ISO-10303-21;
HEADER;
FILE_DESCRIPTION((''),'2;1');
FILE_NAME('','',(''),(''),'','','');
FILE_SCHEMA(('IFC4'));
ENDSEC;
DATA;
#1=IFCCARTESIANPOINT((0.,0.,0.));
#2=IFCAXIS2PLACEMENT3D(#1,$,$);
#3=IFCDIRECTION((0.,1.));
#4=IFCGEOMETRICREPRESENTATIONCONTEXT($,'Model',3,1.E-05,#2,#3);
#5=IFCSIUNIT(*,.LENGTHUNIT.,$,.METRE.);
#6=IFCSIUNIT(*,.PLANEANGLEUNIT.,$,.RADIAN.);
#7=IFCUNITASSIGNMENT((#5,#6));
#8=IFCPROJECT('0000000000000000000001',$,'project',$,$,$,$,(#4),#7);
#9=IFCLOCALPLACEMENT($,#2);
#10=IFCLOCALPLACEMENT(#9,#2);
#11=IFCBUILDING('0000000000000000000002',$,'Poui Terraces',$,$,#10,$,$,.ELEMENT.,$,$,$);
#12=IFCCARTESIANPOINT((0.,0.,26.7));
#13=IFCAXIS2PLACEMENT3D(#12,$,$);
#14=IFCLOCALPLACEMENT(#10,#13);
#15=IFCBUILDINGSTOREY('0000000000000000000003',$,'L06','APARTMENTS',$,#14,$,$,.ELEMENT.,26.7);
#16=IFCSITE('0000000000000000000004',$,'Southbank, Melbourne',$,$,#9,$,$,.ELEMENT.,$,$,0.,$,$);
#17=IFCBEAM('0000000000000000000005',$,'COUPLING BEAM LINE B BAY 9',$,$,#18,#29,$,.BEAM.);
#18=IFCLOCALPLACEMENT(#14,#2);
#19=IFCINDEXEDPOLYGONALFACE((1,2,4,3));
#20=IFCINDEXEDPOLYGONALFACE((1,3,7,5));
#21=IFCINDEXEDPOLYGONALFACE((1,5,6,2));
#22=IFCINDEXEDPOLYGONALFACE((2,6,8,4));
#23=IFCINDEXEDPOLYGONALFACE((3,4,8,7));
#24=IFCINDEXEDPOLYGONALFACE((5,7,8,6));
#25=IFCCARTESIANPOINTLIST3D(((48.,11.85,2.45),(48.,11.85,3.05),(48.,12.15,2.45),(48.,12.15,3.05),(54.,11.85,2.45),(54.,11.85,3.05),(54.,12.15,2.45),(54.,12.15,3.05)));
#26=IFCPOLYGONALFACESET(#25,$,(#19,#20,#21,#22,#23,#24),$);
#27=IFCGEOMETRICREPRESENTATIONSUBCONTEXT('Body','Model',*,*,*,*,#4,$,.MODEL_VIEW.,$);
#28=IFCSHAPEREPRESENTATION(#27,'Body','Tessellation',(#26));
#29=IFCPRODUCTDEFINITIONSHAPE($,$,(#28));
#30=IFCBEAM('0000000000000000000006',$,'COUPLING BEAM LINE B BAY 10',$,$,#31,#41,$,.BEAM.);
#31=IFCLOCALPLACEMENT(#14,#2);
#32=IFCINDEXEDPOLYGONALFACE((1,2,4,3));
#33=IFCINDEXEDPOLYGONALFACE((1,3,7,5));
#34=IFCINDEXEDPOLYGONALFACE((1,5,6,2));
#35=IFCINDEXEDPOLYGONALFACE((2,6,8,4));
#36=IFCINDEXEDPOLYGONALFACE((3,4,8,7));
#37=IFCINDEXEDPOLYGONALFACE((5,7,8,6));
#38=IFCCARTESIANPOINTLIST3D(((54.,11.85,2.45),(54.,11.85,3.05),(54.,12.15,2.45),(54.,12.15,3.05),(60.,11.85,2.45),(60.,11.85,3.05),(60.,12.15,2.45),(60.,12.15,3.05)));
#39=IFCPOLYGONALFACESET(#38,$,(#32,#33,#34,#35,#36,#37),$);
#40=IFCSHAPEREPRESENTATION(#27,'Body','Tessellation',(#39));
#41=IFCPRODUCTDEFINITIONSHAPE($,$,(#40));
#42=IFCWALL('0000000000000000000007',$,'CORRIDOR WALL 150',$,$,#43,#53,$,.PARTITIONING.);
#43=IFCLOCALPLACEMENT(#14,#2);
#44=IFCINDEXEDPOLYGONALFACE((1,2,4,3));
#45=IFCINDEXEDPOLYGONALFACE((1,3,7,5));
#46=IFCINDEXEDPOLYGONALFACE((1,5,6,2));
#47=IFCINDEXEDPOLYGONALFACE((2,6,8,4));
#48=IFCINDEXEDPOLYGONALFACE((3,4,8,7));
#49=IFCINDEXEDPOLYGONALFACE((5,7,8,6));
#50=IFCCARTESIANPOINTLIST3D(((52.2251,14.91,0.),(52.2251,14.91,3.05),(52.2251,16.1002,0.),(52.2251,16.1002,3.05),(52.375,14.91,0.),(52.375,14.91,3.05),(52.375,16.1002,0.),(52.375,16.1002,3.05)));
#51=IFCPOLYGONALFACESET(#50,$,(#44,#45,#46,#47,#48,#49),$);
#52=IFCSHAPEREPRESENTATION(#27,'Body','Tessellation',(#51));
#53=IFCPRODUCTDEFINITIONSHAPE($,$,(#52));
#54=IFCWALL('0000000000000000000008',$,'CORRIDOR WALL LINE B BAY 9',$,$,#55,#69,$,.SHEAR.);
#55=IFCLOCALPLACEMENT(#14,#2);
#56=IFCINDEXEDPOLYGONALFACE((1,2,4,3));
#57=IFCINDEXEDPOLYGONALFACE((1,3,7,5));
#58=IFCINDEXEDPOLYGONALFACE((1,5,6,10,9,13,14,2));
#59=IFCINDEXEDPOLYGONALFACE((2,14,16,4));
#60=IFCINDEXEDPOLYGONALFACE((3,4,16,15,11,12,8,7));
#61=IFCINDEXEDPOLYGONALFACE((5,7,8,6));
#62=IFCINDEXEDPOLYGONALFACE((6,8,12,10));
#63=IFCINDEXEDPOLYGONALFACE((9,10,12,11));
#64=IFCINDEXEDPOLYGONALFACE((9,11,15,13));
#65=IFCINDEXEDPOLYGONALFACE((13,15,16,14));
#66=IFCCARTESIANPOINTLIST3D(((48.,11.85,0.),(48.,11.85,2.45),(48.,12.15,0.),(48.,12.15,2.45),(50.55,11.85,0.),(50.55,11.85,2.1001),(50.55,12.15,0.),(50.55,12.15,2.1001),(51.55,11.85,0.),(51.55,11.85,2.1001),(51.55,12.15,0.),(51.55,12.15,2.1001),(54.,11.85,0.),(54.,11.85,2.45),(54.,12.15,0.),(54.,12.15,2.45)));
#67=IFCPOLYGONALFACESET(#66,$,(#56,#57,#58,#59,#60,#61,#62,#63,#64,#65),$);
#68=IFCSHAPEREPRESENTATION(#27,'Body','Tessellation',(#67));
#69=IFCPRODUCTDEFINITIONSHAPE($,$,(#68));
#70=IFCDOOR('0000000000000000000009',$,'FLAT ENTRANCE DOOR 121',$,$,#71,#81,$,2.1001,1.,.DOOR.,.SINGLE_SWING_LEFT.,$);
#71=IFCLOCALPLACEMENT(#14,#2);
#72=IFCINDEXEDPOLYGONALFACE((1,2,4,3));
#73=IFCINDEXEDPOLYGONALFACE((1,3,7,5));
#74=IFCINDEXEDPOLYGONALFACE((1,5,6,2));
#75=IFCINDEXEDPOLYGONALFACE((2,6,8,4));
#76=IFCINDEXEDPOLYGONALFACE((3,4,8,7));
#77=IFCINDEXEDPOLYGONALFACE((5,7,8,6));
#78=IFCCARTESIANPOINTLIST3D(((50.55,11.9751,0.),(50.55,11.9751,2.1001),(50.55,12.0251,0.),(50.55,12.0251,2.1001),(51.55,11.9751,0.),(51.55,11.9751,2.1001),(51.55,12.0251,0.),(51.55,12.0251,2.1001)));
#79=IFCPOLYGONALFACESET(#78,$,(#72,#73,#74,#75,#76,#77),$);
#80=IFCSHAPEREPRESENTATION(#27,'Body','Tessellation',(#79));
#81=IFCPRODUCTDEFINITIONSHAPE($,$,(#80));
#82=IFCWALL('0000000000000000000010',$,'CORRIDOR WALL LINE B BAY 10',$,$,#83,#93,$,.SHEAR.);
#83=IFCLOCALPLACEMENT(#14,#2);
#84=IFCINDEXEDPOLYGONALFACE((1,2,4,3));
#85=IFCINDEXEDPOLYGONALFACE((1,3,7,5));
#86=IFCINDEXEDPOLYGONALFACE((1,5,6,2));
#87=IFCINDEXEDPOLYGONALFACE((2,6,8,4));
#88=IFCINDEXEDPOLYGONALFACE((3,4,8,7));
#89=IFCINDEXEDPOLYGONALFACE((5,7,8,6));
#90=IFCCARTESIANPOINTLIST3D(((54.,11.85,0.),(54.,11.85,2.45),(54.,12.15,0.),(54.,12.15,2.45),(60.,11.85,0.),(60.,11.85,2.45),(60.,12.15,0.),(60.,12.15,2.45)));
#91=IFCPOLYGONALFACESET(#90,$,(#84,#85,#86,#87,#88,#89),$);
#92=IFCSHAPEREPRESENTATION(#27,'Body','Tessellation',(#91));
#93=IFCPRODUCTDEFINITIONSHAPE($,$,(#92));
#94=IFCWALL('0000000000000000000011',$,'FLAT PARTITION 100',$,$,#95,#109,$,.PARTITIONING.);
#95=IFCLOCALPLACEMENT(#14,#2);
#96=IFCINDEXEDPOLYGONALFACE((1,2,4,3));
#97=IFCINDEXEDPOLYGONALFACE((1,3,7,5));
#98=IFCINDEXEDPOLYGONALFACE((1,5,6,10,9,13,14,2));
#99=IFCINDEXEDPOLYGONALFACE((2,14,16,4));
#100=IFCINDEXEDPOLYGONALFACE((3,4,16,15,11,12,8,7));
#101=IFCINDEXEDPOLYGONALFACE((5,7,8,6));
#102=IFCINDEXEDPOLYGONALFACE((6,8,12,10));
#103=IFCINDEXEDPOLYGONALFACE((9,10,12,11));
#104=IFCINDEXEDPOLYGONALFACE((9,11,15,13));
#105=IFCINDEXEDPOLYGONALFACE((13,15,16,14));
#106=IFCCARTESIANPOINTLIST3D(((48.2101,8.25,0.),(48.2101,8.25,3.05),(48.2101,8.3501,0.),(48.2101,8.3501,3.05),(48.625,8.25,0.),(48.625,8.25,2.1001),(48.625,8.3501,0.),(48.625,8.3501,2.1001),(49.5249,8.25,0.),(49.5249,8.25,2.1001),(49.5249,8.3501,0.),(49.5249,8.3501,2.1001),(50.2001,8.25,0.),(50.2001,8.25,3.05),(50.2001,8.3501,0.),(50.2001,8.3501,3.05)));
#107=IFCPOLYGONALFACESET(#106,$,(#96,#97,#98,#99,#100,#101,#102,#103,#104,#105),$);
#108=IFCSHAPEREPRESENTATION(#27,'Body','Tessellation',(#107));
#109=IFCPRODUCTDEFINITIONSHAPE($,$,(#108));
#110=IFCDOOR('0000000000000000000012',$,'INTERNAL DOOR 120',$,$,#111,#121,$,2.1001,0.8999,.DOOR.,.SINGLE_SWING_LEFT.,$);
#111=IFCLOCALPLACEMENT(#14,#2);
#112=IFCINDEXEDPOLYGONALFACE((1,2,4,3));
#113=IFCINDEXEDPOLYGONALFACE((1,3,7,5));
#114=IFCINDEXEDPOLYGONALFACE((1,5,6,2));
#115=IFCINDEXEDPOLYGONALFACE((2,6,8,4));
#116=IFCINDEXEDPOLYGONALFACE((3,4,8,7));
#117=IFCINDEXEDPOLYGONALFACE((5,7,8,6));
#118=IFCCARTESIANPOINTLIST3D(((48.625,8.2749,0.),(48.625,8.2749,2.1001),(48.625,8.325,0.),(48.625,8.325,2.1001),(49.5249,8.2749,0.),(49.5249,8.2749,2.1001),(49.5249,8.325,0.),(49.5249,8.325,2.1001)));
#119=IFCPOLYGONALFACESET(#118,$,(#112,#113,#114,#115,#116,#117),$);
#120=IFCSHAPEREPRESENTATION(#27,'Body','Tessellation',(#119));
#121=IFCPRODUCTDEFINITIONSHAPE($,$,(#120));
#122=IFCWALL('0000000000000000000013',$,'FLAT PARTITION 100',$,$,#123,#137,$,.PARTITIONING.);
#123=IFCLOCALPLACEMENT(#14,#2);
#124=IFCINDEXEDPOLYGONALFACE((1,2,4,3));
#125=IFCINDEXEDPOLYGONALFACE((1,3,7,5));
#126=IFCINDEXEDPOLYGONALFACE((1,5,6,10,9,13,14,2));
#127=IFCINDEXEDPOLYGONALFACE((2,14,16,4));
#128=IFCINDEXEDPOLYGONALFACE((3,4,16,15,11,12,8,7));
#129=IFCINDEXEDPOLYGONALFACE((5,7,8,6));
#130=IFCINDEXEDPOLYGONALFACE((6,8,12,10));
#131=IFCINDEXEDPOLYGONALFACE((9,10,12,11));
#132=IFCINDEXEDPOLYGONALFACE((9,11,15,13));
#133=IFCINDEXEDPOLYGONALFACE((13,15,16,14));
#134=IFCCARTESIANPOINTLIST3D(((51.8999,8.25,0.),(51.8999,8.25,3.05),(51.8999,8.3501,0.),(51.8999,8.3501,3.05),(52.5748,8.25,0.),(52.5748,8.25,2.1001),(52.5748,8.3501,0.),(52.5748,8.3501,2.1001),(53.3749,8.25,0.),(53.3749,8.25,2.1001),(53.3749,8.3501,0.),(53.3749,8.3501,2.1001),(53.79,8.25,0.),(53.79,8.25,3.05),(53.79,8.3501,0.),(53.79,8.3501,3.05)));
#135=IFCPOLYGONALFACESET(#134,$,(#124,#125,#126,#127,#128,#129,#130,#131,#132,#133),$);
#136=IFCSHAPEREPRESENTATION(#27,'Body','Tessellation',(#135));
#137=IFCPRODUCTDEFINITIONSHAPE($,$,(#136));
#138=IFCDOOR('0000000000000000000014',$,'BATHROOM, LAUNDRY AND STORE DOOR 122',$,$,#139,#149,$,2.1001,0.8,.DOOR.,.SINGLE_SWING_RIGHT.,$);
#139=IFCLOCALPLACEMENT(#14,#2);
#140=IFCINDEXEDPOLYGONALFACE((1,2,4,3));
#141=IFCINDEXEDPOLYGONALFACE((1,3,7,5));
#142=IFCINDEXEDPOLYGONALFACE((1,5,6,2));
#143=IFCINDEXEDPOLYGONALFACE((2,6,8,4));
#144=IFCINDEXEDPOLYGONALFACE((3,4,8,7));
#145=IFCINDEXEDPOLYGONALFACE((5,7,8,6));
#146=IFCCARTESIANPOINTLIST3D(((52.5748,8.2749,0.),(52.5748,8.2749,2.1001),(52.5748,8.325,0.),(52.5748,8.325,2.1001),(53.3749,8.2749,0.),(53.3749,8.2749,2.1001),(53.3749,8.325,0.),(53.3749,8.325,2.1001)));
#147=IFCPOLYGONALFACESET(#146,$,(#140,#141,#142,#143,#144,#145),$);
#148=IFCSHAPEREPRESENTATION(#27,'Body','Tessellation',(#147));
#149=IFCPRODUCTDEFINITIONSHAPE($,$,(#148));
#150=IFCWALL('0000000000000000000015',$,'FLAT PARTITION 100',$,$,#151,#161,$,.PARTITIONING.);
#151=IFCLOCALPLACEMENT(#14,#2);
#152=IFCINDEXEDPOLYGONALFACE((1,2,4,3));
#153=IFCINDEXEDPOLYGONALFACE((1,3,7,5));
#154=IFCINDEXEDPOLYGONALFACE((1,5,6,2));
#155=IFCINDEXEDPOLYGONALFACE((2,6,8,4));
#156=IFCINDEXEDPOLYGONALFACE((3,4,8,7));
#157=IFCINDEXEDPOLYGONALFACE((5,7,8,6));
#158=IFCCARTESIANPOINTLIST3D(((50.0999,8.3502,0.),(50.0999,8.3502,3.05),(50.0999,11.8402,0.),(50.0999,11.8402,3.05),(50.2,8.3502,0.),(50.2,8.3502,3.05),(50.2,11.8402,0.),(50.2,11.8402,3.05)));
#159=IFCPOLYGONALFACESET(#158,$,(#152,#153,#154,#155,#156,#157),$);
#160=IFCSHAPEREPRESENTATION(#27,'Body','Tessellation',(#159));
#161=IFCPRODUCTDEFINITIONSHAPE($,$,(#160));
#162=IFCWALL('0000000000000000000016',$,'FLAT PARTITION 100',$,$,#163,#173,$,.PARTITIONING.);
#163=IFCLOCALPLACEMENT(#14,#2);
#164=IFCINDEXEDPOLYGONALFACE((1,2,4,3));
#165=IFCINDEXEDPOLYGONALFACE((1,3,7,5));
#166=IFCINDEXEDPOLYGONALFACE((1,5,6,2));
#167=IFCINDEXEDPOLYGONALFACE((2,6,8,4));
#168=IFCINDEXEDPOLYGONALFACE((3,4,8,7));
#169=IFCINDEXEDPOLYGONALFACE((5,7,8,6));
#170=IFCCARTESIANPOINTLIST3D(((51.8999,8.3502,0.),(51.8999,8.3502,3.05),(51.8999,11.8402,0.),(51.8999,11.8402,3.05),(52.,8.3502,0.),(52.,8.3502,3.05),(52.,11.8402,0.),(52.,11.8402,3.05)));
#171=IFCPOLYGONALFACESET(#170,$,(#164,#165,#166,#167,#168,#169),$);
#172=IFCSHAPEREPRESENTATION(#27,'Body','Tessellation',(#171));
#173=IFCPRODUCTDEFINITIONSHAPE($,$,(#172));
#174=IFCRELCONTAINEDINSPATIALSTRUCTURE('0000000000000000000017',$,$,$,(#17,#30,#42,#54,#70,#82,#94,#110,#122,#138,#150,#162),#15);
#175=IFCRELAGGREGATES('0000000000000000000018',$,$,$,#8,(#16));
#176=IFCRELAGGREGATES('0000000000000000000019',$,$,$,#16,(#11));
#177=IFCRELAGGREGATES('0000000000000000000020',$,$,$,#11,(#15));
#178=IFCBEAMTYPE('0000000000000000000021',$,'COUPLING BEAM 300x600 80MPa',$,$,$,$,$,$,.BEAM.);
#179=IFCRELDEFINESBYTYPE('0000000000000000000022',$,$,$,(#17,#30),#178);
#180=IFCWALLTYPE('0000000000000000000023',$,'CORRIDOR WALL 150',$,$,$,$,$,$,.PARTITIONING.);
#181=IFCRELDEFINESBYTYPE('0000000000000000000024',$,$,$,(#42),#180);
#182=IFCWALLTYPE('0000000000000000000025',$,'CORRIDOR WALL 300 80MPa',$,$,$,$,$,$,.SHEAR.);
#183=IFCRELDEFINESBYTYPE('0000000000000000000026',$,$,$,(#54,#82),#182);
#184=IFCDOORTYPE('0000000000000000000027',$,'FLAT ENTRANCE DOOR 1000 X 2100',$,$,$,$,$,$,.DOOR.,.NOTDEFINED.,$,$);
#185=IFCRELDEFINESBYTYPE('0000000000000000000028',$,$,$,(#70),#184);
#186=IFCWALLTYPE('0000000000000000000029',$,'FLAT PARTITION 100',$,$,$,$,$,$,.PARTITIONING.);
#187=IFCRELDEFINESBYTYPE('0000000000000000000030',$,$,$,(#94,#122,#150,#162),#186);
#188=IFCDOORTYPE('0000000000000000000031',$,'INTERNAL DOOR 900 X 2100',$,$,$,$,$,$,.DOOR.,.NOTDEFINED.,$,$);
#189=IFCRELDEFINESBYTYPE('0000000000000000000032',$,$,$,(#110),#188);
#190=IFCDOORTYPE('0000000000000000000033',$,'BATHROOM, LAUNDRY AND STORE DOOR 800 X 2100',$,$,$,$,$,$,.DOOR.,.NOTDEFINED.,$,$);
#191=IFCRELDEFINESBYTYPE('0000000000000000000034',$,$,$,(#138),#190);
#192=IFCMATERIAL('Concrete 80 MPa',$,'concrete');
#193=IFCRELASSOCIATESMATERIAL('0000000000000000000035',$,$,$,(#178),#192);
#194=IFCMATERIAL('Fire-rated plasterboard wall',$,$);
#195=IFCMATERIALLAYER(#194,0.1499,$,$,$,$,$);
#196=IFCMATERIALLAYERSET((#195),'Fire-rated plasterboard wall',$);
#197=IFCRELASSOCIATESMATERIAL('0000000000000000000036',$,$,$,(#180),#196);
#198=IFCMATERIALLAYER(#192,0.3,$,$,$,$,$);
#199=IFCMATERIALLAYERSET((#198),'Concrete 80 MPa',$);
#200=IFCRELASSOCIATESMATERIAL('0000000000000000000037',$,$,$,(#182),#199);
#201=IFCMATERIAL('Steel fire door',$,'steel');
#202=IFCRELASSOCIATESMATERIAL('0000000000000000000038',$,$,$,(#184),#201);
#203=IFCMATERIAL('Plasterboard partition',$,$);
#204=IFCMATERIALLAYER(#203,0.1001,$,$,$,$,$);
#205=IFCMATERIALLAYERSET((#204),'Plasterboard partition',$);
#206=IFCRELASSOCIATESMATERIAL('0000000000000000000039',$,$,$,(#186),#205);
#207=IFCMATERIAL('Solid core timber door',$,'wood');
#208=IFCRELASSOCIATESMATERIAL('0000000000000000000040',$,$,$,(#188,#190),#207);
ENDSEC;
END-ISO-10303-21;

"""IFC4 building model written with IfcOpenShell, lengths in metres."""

from ifc_helpers import new_model, si_unit, direction, frame, frame_2d, origin, origin_2d, place, context, subcontext, project, spatial, rectangle, extrude, source, transform, mapped, material, layer, layer_set, material_profile, profile_set, type_object, element, fill, save


model = new_model("IFC4")

# Units and contexts
model_context = context("Model", 3, precision=1e-05, world=origin(), true_north=direction((0.0, 1.0)))
body_context = subcontext(model_context, "Body", "Model", "MODEL_VIEW")
ifc_project = project(units=[si_unit("LENGTHUNIT", "METRE"), si_unit("PLANEANGLEUNIT", "RADIAN")], contexts=[model_context])

# Site, building, storey
site_placement = place(None, origin())
site = spatial("IfcSite", under=ifc_project, at=site_placement, Name="Southbank, Melbourne", CompositionType="ELEMENT", RefElevation=0.0)
building_placement = place(site_placement, origin())
building = spatial("IfcBuilding", under=site, at=building_placement, Name="Poui Terraces", CompositionType="ELEMENT")
storey_placement = place(building_placement, frame((0.0, 0.0, 26.7)))
storey = spatial("IfcBuildingStorey", under=building, at=storey_placement, Name="L06", Description="APARTMENTS", CompositionType="ELEMENT", Elevation=26.7)

# Beams
ifc_material_1 = material(Name="Concrete 80 MPa", Category="concrete")
ifc_material_profile = material_profile(ifc_material_1, rectangle(XDim=0.3, YDim=0.6001, at=origin_2d()), Name="RC 300x600")
ifc_profile_set = profile_set([ifc_material_profile], Name="Concrete 80 MPa")
beam_type = type_object("IfcBeamType", Name="COUPLING BEAM 300x600 80MPa", PredefinedType="BEAM", material=ifc_profile_set)
shared_shape = source(origin(), body_context, "Body", "SweptSolid", [
    extrude(rectangle(XDim=0.3, YDim=0.6001, at=origin_2d()), origin(), (0.0, 0.0, 1.0), 6.0),
])
for number, where, z_axis, x_axis, name in (
    (1, (48.0, 12.0, 2.75), (1.0, 0.0, 0.0), (0.0, 1.0, 0.0), "COUPLING BEAM LINE B BAY 9"),
    (2, (54.0, 12.0, 2.75), (1.0, 0.0, 0.0), (0.0, 1.0, 0.0), "COUPLING BEAM LINE B BAY 10"),
):
    element("IfcBeam", number, at=place(storey_placement, frame(where, z_axis=z_axis, x_axis=x_axis)), inside=storey, type_object=beam_type, Name=name, PredefinedType="BEAM", context=body_context, shape_type="MappedRepresentation", body=[
        mapped(shared_shape, transform((0.0, 0.0, 0.0))),
    ])

# Wall
ifc_material_2 = material(Name="Fire-rated plasterboard wall")
ifc_layer_1 = layer(ifc_material_2, 0.1499)
ifc_layer_set_1 = layer_set([ifc_layer_1], Name="Fire-rated plasterboard wall")
wall_type_1 = type_object("IfcWallType", Name="CORRIDOR WALL 150", PredefinedType="PARTITIONING", material=ifc_layer_set_1)
wall_1_placement = place(storey_placement, frame((52.3, 14.9099, 0.0), z_axis=(0.0, 0.0, 1.0), x_axis=(0.0, 1.0, 0.0)))
element("IfcWall", 3, at=wall_1_placement, inside=storey, type_object=wall_type_1, Name="CORRIDOR WALL 150", PredefinedType="PARTITIONING", context=body_context, shape_type="SweptSolid", body=[
    extrude(rectangle(XDim=1.1902, YDim=0.1499, at=frame_2d((0.5952, 0.0))), origin(), (0.0, 0.0, 1.0), 3.05),
])

# Wall, opening, door
ifc_layer_2 = layer(ifc_material_1, 0.3)
ifc_layer_set_2 = layer_set([ifc_layer_2], Name="Concrete 80 MPa")
wall_type_2 = type_object("IfcWallType", Name="CORRIDOR WALL 300 80MPa", PredefinedType="SHEAR", material=ifc_layer_set_2)
wall_2_placement = place(storey_placement, frame((48.0, 12.0, 0.0), z_axis=(0.0, 0.0, 1.0), x_axis=(1.0, 0.0, 0.0)))
wall_2 = element("IfcWall", 4, at=wall_2_placement, inside=storey, type_object=wall_type_2, Name="CORRIDOR WALL LINE B BAY 9", PredefinedType="SHEAR", context=body_context, shape_type="SweptSolid", body=[
    extrude(rectangle(XDim=6.0, YDim=0.3, at=frame_2d((3.0, 0.0))), origin(), (0.0, 0.0, 1.0), 2.45),
])
opening_1_placement = place(wall_2_placement, frame((2.55, 0.0, 0.0)))
opening_1 = element("IfcOpeningElement", 5, at=opening_1_placement, cuts=wall_2, PredefinedType="OPENING", context=body_context, shape_type="SweptSolid", body=[
    extrude(rectangle(XDim=1.0, YDim=2.1001, at=frame_2d((0.5, 1.05))), frame((0.0, 0.1602, 0.0), z_axis=(0.0, -1.0, 0.0), x_axis=(1.0, 0.0, 0.0)), (0.0, 0.0, 1.0), 0.3201),
])
ifc_material_3 = material(Name="Steel fire door", Category="steel")
door_type_1 = type_object("IfcDoorType", Name="FLAT ENTRANCE DOOR 1000 X 2100", OperationType="NOTDEFINED", PredefinedType="DOOR", material=ifc_material_3)
door_1_placement = place(opening_1_placement, frame((1.0, 0.0, 0.0), z_axis=(0.0, 0.0, 1.0), x_axis=(-1.0, 0.0, 0.0)))
door_1 = element("IfcDoor", 6, at=door_1_placement, inside=storey, type_object=door_type_1, Name="FLAT ENTRANCE DOOR 121", OperationType="SINGLE_SWING_LEFT", OverallHeight=2.1001, OverallWidth=1.0, PredefinedType="DOOR", context=body_context, shape_type="SweptSolid", body=[
    extrude(rectangle(XDim=1.0, YDim=2.1001, at=frame_2d((0.5, 1.05))), frame((0.0, 0.0249, 0.0), z_axis=(0.0, -1.0, 0.0), x_axis=(1.0, 0.0, 0.0)), (0.0, 0.0, 1.0), 0.05),
])
fill(opening_1, door_1)

# Wall
wall_3_placement = place(storey_placement, frame((54.0, 12.0, 0.0), z_axis=(0.0, 0.0, 1.0), x_axis=(1.0, 0.0, 0.0)))
element("IfcWall", 7, at=wall_3_placement, inside=storey, type_object=wall_type_2, Name="CORRIDOR WALL LINE B BAY 10", PredefinedType="SHEAR", context=body_context, shape_type="SweptSolid", body=[
    extrude(rectangle(XDim=6.0, YDim=0.3, at=frame_2d((3.0, 0.0))), origin(), (0.0, 0.0, 1.0), 2.45),
])

# Walls, openings, doors
ifc_material_4 = material(Name="Plasterboard partition")
ifc_layer_3 = layer(ifc_material_4, 0.1001)
ifc_layer_set_3 = layer_set([ifc_layer_3], Name="Plasterboard partition")
wall_type_3 = type_object("IfcWallType", Name="FLAT PARTITION 100", PredefinedType="PARTITIONING", material=ifc_layer_set_3)
wall_4_placement = place(storey_placement, frame((48.21, 8.3, 0.0), z_axis=(0.0, 0.0, 1.0), x_axis=(1.0, 0.0, 0.0)))
wall_4 = element("IfcWall", 8, at=wall_4_placement, inside=storey, type_object=wall_type_3, Name="FLAT PARTITION 100", PredefinedType="PARTITIONING", context=body_context, shape_type="SweptSolid", body=[
    extrude(rectangle(XDim=1.99, YDim=0.1001, at=frame_2d((0.9951, 0.0))), origin(), (0.0, 0.0, 1.0), 3.05),
])
opening_2_placement = place(wall_4_placement, frame((0.415, 0.0, 0.0)))
opening_2 = element("IfcOpeningElement", 9, at=opening_2_placement, cuts=wall_4, PredefinedType="OPENING", context=body_context, shape_type="SweptSolid", body=[
    extrude(rectangle(XDim=0.8999, YDim=2.1001, at=frame_2d((0.45, 1.05))), frame((0.0, 0.0601, 0.0), z_axis=(0.0, -1.0, 0.0), x_axis=(1.0, 0.0, 0.0)), (0.0, 0.0, 1.0), 0.1201),
])
ifc_material_5 = material(Name="Solid core timber door", Category="wood")
door_type_2 = type_object("IfcDoorType", Name="INTERNAL DOOR 900 X 2100", OperationType="NOTDEFINED", PredefinedType="DOOR", material=ifc_material_5)
door_2_placement = place(opening_2_placement, origin())
door_2 = element("IfcDoor", 10, at=door_2_placement, inside=storey, type_object=door_type_2, Name="INTERNAL DOOR 120", OperationType="SINGLE_SWING_LEFT", OverallHeight=2.1001, OverallWidth=0.8999, PredefinedType="DOOR", context=body_context, shape_type="SweptSolid", body=[
    extrude(rectangle(XDim=0.8999, YDim=2.1001, at=frame_2d((0.45, 1.05))), frame((0.0, 0.0249, 0.0), z_axis=(0.0, -1.0, 0.0), x_axis=(1.0, 0.0, 0.0)), (0.0, 0.0, 1.0), 0.05),
])
fill(opening_2, door_2)
wall_5_placement = place(storey_placement, frame((51.8999, 8.3, 0.0), z_axis=(0.0, 0.0, 1.0), x_axis=(1.0, 0.0, 0.0)))
wall_5 = element("IfcWall", 11, at=wall_5_placement, inside=storey, type_object=wall_type_3, Name="FLAT PARTITION 100", PredefinedType="PARTITIONING", context=body_context, shape_type="SweptSolid", body=[
    extrude(rectangle(XDim=1.8901, YDim=0.1001, at=frame_2d((0.9451, 0.0))), origin(), (0.0, 0.0, 1.0), 3.05),
])
opening_3_placement = place(wall_5_placement, frame((0.675, 0.0, 0.0)))
opening_3 = element("IfcOpeningElement", 12, at=opening_3_placement, cuts=wall_5, PredefinedType="OPENING", context=body_context, shape_type="SweptSolid", body=[
    extrude(rectangle(XDim=0.8, YDim=2.1001, at=frame_2d((0.3999, 1.05))), frame((0.0, 0.0601, 0.0), z_axis=(0.0, -1.0, 0.0), x_axis=(1.0, 0.0, 0.0)), (0.0, 0.0, 1.0), 0.1201),
])
door_type_3 = type_object("IfcDoorType", Name="BATHROOM, LAUNDRY AND STORE DOOR 800 X 2100", OperationType="NOTDEFINED", PredefinedType="DOOR", material=ifc_material_5)
door_3_placement = place(opening_3_placement, origin())
door_3 = element("IfcDoor", 13, at=door_3_placement, inside=storey, type_object=door_type_3, Name="BATHROOM, LAUNDRY AND STORE DOOR 122", OperationType="SINGLE_SWING_RIGHT", OverallHeight=2.1001, OverallWidth=0.8, PredefinedType="DOOR", context=body_context, shape_type="SweptSolid", body=[
    extrude(rectangle(XDim=0.8, YDim=2.1001, at=frame_2d((0.3999, 1.05))), frame((0.0, 0.0249, 0.0), z_axis=(0.0, -1.0, 0.0), x_axis=(1.0, 0.0, 0.0)), (0.0, 0.0, 1.0), 0.05),
])
fill(opening_3, door_3)

# Walls
for number, where, z_axis, x_axis, name in (
    (14, (50.1499, 8.3501, 0.0), (0.0, 0.0, 1.0), (0.0, 1.0, 0.0), "FLAT PARTITION 100"),
    (15, (51.95, 8.3501, 0.0), (0.0, 0.0, 1.0), (0.0, 1.0, 0.0), "FLAT PARTITION 100"),
):
    element("IfcWall", number, at=place(storey_placement, frame(where, z_axis=z_axis, x_axis=x_axis)), inside=storey, type_object=wall_type_3, Name=name, PredefinedType="PARTITIONING", context=body_context, shape_type="SweptSolid", body=[
        extrude(rectangle(XDim=3.49, YDim=0.1001, at=frame_2d((1.7451, 0.0))), origin(), (0.0, 0.0, 1.0), 3.05),
    ])

save(model, "model.ifc")
